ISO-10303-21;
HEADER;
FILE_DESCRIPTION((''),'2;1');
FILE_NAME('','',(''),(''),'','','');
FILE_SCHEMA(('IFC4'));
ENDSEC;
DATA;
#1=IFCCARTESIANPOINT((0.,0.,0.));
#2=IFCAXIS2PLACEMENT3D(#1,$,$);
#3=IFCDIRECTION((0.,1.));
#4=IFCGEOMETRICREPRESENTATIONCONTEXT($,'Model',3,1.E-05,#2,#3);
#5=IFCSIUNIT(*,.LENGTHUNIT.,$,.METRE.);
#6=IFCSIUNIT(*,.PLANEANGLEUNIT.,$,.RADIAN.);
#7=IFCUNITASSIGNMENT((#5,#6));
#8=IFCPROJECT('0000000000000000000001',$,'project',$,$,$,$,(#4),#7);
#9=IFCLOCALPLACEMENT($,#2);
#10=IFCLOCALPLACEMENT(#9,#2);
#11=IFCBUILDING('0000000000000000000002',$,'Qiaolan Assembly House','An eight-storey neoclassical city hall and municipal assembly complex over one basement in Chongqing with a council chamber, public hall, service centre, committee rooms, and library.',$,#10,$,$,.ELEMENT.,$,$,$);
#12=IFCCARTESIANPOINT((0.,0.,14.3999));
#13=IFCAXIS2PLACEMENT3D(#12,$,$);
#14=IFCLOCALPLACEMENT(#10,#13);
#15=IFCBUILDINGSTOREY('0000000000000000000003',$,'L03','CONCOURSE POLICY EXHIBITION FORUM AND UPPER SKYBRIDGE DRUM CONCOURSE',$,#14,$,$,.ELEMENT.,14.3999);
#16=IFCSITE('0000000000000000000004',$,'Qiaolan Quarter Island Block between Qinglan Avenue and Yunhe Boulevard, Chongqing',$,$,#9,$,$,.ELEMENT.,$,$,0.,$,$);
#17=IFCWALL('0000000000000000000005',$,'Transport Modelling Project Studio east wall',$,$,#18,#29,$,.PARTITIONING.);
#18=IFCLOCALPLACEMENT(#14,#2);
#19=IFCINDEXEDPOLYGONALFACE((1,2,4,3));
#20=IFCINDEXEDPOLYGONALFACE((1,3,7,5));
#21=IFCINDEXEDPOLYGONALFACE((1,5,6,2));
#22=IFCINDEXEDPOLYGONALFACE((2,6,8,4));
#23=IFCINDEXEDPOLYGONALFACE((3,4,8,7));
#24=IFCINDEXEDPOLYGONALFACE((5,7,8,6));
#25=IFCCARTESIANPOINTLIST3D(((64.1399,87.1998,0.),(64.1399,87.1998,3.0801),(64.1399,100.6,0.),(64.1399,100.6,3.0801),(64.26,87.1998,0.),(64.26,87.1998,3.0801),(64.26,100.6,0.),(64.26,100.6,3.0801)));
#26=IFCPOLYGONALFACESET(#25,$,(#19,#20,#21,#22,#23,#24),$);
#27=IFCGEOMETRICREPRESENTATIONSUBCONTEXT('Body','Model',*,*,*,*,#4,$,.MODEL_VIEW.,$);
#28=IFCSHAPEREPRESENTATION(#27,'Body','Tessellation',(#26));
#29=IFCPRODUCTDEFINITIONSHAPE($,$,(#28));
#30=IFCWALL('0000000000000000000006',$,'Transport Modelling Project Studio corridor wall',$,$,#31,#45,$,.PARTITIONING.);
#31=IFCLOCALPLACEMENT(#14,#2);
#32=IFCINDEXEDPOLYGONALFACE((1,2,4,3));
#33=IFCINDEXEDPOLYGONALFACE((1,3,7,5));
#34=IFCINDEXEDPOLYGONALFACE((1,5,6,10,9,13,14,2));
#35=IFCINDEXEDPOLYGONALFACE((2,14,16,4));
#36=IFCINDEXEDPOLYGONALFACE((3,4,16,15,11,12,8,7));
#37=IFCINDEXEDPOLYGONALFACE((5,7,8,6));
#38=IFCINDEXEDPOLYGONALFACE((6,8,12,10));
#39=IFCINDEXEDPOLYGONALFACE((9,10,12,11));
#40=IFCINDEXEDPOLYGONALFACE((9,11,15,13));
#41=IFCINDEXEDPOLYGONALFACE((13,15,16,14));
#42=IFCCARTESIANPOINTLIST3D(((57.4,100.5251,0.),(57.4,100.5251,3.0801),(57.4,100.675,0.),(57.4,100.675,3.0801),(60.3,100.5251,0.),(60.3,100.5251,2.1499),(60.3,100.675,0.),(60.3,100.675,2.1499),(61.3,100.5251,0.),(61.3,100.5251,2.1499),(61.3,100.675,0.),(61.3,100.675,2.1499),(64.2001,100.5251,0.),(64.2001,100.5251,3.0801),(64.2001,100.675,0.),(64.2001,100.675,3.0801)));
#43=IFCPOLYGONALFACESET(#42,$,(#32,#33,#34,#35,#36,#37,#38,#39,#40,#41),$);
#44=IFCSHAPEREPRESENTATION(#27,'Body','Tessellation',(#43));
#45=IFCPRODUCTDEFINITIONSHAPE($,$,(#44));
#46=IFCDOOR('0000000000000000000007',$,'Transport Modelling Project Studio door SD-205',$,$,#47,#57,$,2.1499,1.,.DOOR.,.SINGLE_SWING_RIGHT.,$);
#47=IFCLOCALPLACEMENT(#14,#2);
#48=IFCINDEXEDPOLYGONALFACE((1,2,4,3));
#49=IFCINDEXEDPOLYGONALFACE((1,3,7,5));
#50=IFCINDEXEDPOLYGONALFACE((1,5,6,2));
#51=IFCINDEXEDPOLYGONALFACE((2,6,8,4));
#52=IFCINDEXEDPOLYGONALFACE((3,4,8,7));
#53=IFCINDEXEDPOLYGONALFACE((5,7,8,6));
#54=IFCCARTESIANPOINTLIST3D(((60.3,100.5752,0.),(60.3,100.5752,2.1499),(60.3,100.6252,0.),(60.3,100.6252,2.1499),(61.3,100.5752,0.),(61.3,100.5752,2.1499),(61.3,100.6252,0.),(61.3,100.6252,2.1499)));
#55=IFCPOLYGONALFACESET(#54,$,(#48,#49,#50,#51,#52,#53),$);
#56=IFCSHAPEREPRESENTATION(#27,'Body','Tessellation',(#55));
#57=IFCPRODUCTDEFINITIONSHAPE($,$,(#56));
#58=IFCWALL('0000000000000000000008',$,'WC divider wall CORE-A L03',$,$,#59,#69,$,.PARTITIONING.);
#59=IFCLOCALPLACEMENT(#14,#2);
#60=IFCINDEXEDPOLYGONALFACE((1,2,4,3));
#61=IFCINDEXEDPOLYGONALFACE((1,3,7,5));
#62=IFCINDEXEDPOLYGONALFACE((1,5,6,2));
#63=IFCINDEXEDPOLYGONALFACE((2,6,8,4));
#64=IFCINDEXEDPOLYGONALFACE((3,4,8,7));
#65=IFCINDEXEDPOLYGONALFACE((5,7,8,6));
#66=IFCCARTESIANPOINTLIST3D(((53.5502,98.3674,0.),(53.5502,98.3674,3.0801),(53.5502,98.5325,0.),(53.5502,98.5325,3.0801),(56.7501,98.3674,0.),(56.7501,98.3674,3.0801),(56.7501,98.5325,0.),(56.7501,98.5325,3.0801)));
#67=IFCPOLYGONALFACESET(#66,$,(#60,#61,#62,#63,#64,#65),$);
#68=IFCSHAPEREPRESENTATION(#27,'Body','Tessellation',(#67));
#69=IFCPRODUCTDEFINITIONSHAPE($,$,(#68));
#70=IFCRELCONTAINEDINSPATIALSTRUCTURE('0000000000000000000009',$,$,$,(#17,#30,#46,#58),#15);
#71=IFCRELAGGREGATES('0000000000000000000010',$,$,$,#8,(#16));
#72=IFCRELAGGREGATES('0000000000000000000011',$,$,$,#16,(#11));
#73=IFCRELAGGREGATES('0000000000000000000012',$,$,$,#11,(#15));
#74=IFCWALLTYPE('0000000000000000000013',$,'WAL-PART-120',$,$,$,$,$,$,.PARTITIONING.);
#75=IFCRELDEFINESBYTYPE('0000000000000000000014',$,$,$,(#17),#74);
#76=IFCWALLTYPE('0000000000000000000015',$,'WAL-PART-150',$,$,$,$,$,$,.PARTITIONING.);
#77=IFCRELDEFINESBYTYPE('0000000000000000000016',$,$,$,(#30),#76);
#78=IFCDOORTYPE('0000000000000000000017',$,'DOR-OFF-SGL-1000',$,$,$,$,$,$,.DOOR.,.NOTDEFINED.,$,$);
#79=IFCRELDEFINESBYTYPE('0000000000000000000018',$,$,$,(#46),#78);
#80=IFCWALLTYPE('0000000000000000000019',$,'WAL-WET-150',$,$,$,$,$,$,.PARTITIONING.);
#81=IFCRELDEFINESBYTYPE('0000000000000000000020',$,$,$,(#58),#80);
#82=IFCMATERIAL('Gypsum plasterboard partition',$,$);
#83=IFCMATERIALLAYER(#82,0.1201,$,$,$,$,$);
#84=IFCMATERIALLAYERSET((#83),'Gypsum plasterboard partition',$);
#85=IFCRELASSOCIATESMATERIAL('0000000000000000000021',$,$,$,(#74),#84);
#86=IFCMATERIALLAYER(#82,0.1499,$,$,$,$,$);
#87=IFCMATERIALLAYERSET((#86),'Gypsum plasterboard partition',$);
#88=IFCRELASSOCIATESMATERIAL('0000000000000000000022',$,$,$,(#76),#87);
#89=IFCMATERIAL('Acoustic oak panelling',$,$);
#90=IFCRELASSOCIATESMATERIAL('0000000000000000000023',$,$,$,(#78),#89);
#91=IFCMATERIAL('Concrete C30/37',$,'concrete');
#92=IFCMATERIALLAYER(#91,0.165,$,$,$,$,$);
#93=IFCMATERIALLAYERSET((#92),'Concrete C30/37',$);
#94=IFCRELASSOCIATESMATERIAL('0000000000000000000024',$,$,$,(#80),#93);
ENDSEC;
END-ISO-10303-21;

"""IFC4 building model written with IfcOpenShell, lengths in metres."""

from ifc_helpers import new_model, si_unit, direction, frame, frame_2d, origin, place, context, subcontext, project, spatial, rectangle, extrude, material, layer, layer_set, type_object, element, fill, save


model = new_model("IFC4")

# Units and contexts
model_context = context("Model", 3, precision=1e-05, world=origin(), true_north=direction((0.0, 1.0)))
body_context = subcontext(model_context, "Body", "Model", "MODEL_VIEW")
ifc_project = project(units=[si_unit("LENGTHUNIT", "METRE"), si_unit("PLANEANGLEUNIT", "RADIAN")], contexts=[model_context])

# Site, building, storey
site_placement = place(None, origin())
site = spatial("IfcSite", under=ifc_project, at=site_placement, Name="Qiaolan Quarter Island Block between Qinglan Avenue and Yunhe Boulevard, Chongqing", CompositionType="ELEMENT", RefElevation=0.0)
building_placement = place(site_placement, origin())
building = spatial("IfcBuilding", under=site, at=building_placement, Name="Qiaolan Assembly House", Description="An eight-storey neoclassical city hall and municipal assembly complex over one basement in Chongqing with a council chamber, public hall, service centre, committee rooms, and library.", CompositionType="ELEMENT")
storey_placement = place(building_placement, frame((0.0, 0.0, 14.3999)))
storey = spatial("IfcBuildingStorey", under=building, at=storey_placement, Name="L03", Description="CONCOURSE POLICY EXHIBITION FORUM AND UPPER SKYBRIDGE DRUM CONCOURSE", CompositionType="ELEMENT", Elevation=14.3999)

# Shared definitions
ifc_material_1 = material(Name="Acoustic oak panelling")

# Wall
ifc_material_2 = material(Name="Gypsum plasterboard partition")
ifc_layer_1 = layer(ifc_material_2, 0.1201)
ifc_layer_set_1 = layer_set([ifc_layer_1], Name="Gypsum plasterboard partition")
wall_type_1 = type_object("IfcWallType", Name="WAL-PART-120", PredefinedType="PARTITIONING", material=ifc_layer_set_1)
wall_1_placement = place(storey_placement, frame((64.2, 100.6001, 0.0), z_axis=(0.0, 0.0, 1.0), x_axis=(0.0, -1.0, 0.0)))
element("IfcWall", 1, at=wall_1_placement, inside=storey, type_object=wall_type_1, Name="Transport Modelling Project Studio east wall", PredefinedType="PARTITIONING", context=body_context, shape_type="SweptSolid", body=[
    extrude(rectangle(XDim=13.4001, YDim=0.1201, at=frame_2d((6.7002, 0.0))), origin(), (0.0, 0.0, 1.0), 3.0801),
])

# Wall, opening, door
ifc_layer_2 = layer(ifc_material_2, 0.1499)
ifc_layer_set_2 = layer_set([ifc_layer_2], Name="Gypsum plasterboard partition")
wall_type_2 = type_object("IfcWallType", Name="WAL-PART-150", PredefinedType="PARTITIONING", material=ifc_layer_set_2)
wall_2_placement = place(storey_placement, frame((64.2, 100.6001, 0.0), z_axis=(0.0, 0.0, 1.0), x_axis=(-1.0, 0.0, 0.0)))
wall_2 = element("IfcWall", 2, at=wall_2_placement, inside=storey, type_object=wall_type_2, Name="Transport Modelling Project Studio corridor wall", PredefinedType="PARTITIONING", context=body_context, shape_type="SweptSolid", body=[
    extrude(rectangle(XDim=6.8, YDim=0.1499, at=frame_2d((3.3999, 0.0))), origin(), (0.0, 0.0, 1.0), 3.0801),
])
opening_1_placement = place(wall_2_placement, frame((2.8999, 0.0, 0.0)))
opening_1 = element("IfcOpeningElement", 3, at=opening_1_placement, cuts=wall_2, PredefinedType="OPENING", context=body_context, shape_type="SweptSolid", body=[
    extrude(rectangle(XDim=1.0, YDim=2.1499, at=frame_2d((0.5, 1.075))), frame((0.0, 0.085, 0.0), z_axis=(0.0, -1.0, 0.0), x_axis=(1.0, 0.0, 0.0)), (0.0, 0.0, 1.0), 0.1699),
])
door_type_1 = type_object("IfcDoorType", Name="DOR-OFF-SGL-1000", OperationType="NOTDEFINED", PredefinedType="DOOR", material=ifc_material_1)
door_1_placement = place(opening_1_placement, origin())
door_1 = element("IfcDoor", 4, at=door_1_placement, inside=storey, type_object=door_type_1, Name="Transport Modelling Project Studio door SD-205", OperationType="SINGLE_SWING_RIGHT", OverallHeight=2.1499, OverallWidth=1.0, PredefinedType="DOOR", context=body_context, shape_type="SweptSolid", body=[
    extrude(rectangle(XDim=1.0, YDim=2.1499, at=frame_2d((0.5, 1.075))), frame((0.0, 0.0249, 0.0), z_axis=(0.0, -1.0, 0.0), x_axis=(1.0, 0.0, 0.0)), (0.0, 0.0, 1.0), 0.05),
])
fill(opening_1, door_1)
ifc_material_3 = material(Name="Concrete C30/37", Category="concrete")
ifc_layer_3 = layer(ifc_material_3, 0.165)
ifc_layer_set_3 = layer_set([ifc_layer_3], Name="Concrete C30/37")
wall_type_3 = type_object("IfcWallType", Name="WAL-WET-150", PredefinedType="PARTITIONING", material=ifc_layer_set_3)

# Wall
wall_3_placement = place(storey_placement, frame((53.55, 98.45, 0.0), z_axis=(0.0, 0.0, 1.0), x_axis=(1.0, 0.0, 0.0)))
element("IfcWall", 5, at=wall_3_placement, inside=storey, type_object=wall_type_3, Name="WC divider wall CORE-A L03", PredefinedType="PARTITIONING", context=body_context, shape_type="SweptSolid", body=[
    extrude(rectangle(XDim=3.2, YDim=0.165, at=frame_2d((1.6001, 0.0))), origin(), (0.0, 0.0, 1.0), 3.0801),
])

save(model, "model.ifc")
